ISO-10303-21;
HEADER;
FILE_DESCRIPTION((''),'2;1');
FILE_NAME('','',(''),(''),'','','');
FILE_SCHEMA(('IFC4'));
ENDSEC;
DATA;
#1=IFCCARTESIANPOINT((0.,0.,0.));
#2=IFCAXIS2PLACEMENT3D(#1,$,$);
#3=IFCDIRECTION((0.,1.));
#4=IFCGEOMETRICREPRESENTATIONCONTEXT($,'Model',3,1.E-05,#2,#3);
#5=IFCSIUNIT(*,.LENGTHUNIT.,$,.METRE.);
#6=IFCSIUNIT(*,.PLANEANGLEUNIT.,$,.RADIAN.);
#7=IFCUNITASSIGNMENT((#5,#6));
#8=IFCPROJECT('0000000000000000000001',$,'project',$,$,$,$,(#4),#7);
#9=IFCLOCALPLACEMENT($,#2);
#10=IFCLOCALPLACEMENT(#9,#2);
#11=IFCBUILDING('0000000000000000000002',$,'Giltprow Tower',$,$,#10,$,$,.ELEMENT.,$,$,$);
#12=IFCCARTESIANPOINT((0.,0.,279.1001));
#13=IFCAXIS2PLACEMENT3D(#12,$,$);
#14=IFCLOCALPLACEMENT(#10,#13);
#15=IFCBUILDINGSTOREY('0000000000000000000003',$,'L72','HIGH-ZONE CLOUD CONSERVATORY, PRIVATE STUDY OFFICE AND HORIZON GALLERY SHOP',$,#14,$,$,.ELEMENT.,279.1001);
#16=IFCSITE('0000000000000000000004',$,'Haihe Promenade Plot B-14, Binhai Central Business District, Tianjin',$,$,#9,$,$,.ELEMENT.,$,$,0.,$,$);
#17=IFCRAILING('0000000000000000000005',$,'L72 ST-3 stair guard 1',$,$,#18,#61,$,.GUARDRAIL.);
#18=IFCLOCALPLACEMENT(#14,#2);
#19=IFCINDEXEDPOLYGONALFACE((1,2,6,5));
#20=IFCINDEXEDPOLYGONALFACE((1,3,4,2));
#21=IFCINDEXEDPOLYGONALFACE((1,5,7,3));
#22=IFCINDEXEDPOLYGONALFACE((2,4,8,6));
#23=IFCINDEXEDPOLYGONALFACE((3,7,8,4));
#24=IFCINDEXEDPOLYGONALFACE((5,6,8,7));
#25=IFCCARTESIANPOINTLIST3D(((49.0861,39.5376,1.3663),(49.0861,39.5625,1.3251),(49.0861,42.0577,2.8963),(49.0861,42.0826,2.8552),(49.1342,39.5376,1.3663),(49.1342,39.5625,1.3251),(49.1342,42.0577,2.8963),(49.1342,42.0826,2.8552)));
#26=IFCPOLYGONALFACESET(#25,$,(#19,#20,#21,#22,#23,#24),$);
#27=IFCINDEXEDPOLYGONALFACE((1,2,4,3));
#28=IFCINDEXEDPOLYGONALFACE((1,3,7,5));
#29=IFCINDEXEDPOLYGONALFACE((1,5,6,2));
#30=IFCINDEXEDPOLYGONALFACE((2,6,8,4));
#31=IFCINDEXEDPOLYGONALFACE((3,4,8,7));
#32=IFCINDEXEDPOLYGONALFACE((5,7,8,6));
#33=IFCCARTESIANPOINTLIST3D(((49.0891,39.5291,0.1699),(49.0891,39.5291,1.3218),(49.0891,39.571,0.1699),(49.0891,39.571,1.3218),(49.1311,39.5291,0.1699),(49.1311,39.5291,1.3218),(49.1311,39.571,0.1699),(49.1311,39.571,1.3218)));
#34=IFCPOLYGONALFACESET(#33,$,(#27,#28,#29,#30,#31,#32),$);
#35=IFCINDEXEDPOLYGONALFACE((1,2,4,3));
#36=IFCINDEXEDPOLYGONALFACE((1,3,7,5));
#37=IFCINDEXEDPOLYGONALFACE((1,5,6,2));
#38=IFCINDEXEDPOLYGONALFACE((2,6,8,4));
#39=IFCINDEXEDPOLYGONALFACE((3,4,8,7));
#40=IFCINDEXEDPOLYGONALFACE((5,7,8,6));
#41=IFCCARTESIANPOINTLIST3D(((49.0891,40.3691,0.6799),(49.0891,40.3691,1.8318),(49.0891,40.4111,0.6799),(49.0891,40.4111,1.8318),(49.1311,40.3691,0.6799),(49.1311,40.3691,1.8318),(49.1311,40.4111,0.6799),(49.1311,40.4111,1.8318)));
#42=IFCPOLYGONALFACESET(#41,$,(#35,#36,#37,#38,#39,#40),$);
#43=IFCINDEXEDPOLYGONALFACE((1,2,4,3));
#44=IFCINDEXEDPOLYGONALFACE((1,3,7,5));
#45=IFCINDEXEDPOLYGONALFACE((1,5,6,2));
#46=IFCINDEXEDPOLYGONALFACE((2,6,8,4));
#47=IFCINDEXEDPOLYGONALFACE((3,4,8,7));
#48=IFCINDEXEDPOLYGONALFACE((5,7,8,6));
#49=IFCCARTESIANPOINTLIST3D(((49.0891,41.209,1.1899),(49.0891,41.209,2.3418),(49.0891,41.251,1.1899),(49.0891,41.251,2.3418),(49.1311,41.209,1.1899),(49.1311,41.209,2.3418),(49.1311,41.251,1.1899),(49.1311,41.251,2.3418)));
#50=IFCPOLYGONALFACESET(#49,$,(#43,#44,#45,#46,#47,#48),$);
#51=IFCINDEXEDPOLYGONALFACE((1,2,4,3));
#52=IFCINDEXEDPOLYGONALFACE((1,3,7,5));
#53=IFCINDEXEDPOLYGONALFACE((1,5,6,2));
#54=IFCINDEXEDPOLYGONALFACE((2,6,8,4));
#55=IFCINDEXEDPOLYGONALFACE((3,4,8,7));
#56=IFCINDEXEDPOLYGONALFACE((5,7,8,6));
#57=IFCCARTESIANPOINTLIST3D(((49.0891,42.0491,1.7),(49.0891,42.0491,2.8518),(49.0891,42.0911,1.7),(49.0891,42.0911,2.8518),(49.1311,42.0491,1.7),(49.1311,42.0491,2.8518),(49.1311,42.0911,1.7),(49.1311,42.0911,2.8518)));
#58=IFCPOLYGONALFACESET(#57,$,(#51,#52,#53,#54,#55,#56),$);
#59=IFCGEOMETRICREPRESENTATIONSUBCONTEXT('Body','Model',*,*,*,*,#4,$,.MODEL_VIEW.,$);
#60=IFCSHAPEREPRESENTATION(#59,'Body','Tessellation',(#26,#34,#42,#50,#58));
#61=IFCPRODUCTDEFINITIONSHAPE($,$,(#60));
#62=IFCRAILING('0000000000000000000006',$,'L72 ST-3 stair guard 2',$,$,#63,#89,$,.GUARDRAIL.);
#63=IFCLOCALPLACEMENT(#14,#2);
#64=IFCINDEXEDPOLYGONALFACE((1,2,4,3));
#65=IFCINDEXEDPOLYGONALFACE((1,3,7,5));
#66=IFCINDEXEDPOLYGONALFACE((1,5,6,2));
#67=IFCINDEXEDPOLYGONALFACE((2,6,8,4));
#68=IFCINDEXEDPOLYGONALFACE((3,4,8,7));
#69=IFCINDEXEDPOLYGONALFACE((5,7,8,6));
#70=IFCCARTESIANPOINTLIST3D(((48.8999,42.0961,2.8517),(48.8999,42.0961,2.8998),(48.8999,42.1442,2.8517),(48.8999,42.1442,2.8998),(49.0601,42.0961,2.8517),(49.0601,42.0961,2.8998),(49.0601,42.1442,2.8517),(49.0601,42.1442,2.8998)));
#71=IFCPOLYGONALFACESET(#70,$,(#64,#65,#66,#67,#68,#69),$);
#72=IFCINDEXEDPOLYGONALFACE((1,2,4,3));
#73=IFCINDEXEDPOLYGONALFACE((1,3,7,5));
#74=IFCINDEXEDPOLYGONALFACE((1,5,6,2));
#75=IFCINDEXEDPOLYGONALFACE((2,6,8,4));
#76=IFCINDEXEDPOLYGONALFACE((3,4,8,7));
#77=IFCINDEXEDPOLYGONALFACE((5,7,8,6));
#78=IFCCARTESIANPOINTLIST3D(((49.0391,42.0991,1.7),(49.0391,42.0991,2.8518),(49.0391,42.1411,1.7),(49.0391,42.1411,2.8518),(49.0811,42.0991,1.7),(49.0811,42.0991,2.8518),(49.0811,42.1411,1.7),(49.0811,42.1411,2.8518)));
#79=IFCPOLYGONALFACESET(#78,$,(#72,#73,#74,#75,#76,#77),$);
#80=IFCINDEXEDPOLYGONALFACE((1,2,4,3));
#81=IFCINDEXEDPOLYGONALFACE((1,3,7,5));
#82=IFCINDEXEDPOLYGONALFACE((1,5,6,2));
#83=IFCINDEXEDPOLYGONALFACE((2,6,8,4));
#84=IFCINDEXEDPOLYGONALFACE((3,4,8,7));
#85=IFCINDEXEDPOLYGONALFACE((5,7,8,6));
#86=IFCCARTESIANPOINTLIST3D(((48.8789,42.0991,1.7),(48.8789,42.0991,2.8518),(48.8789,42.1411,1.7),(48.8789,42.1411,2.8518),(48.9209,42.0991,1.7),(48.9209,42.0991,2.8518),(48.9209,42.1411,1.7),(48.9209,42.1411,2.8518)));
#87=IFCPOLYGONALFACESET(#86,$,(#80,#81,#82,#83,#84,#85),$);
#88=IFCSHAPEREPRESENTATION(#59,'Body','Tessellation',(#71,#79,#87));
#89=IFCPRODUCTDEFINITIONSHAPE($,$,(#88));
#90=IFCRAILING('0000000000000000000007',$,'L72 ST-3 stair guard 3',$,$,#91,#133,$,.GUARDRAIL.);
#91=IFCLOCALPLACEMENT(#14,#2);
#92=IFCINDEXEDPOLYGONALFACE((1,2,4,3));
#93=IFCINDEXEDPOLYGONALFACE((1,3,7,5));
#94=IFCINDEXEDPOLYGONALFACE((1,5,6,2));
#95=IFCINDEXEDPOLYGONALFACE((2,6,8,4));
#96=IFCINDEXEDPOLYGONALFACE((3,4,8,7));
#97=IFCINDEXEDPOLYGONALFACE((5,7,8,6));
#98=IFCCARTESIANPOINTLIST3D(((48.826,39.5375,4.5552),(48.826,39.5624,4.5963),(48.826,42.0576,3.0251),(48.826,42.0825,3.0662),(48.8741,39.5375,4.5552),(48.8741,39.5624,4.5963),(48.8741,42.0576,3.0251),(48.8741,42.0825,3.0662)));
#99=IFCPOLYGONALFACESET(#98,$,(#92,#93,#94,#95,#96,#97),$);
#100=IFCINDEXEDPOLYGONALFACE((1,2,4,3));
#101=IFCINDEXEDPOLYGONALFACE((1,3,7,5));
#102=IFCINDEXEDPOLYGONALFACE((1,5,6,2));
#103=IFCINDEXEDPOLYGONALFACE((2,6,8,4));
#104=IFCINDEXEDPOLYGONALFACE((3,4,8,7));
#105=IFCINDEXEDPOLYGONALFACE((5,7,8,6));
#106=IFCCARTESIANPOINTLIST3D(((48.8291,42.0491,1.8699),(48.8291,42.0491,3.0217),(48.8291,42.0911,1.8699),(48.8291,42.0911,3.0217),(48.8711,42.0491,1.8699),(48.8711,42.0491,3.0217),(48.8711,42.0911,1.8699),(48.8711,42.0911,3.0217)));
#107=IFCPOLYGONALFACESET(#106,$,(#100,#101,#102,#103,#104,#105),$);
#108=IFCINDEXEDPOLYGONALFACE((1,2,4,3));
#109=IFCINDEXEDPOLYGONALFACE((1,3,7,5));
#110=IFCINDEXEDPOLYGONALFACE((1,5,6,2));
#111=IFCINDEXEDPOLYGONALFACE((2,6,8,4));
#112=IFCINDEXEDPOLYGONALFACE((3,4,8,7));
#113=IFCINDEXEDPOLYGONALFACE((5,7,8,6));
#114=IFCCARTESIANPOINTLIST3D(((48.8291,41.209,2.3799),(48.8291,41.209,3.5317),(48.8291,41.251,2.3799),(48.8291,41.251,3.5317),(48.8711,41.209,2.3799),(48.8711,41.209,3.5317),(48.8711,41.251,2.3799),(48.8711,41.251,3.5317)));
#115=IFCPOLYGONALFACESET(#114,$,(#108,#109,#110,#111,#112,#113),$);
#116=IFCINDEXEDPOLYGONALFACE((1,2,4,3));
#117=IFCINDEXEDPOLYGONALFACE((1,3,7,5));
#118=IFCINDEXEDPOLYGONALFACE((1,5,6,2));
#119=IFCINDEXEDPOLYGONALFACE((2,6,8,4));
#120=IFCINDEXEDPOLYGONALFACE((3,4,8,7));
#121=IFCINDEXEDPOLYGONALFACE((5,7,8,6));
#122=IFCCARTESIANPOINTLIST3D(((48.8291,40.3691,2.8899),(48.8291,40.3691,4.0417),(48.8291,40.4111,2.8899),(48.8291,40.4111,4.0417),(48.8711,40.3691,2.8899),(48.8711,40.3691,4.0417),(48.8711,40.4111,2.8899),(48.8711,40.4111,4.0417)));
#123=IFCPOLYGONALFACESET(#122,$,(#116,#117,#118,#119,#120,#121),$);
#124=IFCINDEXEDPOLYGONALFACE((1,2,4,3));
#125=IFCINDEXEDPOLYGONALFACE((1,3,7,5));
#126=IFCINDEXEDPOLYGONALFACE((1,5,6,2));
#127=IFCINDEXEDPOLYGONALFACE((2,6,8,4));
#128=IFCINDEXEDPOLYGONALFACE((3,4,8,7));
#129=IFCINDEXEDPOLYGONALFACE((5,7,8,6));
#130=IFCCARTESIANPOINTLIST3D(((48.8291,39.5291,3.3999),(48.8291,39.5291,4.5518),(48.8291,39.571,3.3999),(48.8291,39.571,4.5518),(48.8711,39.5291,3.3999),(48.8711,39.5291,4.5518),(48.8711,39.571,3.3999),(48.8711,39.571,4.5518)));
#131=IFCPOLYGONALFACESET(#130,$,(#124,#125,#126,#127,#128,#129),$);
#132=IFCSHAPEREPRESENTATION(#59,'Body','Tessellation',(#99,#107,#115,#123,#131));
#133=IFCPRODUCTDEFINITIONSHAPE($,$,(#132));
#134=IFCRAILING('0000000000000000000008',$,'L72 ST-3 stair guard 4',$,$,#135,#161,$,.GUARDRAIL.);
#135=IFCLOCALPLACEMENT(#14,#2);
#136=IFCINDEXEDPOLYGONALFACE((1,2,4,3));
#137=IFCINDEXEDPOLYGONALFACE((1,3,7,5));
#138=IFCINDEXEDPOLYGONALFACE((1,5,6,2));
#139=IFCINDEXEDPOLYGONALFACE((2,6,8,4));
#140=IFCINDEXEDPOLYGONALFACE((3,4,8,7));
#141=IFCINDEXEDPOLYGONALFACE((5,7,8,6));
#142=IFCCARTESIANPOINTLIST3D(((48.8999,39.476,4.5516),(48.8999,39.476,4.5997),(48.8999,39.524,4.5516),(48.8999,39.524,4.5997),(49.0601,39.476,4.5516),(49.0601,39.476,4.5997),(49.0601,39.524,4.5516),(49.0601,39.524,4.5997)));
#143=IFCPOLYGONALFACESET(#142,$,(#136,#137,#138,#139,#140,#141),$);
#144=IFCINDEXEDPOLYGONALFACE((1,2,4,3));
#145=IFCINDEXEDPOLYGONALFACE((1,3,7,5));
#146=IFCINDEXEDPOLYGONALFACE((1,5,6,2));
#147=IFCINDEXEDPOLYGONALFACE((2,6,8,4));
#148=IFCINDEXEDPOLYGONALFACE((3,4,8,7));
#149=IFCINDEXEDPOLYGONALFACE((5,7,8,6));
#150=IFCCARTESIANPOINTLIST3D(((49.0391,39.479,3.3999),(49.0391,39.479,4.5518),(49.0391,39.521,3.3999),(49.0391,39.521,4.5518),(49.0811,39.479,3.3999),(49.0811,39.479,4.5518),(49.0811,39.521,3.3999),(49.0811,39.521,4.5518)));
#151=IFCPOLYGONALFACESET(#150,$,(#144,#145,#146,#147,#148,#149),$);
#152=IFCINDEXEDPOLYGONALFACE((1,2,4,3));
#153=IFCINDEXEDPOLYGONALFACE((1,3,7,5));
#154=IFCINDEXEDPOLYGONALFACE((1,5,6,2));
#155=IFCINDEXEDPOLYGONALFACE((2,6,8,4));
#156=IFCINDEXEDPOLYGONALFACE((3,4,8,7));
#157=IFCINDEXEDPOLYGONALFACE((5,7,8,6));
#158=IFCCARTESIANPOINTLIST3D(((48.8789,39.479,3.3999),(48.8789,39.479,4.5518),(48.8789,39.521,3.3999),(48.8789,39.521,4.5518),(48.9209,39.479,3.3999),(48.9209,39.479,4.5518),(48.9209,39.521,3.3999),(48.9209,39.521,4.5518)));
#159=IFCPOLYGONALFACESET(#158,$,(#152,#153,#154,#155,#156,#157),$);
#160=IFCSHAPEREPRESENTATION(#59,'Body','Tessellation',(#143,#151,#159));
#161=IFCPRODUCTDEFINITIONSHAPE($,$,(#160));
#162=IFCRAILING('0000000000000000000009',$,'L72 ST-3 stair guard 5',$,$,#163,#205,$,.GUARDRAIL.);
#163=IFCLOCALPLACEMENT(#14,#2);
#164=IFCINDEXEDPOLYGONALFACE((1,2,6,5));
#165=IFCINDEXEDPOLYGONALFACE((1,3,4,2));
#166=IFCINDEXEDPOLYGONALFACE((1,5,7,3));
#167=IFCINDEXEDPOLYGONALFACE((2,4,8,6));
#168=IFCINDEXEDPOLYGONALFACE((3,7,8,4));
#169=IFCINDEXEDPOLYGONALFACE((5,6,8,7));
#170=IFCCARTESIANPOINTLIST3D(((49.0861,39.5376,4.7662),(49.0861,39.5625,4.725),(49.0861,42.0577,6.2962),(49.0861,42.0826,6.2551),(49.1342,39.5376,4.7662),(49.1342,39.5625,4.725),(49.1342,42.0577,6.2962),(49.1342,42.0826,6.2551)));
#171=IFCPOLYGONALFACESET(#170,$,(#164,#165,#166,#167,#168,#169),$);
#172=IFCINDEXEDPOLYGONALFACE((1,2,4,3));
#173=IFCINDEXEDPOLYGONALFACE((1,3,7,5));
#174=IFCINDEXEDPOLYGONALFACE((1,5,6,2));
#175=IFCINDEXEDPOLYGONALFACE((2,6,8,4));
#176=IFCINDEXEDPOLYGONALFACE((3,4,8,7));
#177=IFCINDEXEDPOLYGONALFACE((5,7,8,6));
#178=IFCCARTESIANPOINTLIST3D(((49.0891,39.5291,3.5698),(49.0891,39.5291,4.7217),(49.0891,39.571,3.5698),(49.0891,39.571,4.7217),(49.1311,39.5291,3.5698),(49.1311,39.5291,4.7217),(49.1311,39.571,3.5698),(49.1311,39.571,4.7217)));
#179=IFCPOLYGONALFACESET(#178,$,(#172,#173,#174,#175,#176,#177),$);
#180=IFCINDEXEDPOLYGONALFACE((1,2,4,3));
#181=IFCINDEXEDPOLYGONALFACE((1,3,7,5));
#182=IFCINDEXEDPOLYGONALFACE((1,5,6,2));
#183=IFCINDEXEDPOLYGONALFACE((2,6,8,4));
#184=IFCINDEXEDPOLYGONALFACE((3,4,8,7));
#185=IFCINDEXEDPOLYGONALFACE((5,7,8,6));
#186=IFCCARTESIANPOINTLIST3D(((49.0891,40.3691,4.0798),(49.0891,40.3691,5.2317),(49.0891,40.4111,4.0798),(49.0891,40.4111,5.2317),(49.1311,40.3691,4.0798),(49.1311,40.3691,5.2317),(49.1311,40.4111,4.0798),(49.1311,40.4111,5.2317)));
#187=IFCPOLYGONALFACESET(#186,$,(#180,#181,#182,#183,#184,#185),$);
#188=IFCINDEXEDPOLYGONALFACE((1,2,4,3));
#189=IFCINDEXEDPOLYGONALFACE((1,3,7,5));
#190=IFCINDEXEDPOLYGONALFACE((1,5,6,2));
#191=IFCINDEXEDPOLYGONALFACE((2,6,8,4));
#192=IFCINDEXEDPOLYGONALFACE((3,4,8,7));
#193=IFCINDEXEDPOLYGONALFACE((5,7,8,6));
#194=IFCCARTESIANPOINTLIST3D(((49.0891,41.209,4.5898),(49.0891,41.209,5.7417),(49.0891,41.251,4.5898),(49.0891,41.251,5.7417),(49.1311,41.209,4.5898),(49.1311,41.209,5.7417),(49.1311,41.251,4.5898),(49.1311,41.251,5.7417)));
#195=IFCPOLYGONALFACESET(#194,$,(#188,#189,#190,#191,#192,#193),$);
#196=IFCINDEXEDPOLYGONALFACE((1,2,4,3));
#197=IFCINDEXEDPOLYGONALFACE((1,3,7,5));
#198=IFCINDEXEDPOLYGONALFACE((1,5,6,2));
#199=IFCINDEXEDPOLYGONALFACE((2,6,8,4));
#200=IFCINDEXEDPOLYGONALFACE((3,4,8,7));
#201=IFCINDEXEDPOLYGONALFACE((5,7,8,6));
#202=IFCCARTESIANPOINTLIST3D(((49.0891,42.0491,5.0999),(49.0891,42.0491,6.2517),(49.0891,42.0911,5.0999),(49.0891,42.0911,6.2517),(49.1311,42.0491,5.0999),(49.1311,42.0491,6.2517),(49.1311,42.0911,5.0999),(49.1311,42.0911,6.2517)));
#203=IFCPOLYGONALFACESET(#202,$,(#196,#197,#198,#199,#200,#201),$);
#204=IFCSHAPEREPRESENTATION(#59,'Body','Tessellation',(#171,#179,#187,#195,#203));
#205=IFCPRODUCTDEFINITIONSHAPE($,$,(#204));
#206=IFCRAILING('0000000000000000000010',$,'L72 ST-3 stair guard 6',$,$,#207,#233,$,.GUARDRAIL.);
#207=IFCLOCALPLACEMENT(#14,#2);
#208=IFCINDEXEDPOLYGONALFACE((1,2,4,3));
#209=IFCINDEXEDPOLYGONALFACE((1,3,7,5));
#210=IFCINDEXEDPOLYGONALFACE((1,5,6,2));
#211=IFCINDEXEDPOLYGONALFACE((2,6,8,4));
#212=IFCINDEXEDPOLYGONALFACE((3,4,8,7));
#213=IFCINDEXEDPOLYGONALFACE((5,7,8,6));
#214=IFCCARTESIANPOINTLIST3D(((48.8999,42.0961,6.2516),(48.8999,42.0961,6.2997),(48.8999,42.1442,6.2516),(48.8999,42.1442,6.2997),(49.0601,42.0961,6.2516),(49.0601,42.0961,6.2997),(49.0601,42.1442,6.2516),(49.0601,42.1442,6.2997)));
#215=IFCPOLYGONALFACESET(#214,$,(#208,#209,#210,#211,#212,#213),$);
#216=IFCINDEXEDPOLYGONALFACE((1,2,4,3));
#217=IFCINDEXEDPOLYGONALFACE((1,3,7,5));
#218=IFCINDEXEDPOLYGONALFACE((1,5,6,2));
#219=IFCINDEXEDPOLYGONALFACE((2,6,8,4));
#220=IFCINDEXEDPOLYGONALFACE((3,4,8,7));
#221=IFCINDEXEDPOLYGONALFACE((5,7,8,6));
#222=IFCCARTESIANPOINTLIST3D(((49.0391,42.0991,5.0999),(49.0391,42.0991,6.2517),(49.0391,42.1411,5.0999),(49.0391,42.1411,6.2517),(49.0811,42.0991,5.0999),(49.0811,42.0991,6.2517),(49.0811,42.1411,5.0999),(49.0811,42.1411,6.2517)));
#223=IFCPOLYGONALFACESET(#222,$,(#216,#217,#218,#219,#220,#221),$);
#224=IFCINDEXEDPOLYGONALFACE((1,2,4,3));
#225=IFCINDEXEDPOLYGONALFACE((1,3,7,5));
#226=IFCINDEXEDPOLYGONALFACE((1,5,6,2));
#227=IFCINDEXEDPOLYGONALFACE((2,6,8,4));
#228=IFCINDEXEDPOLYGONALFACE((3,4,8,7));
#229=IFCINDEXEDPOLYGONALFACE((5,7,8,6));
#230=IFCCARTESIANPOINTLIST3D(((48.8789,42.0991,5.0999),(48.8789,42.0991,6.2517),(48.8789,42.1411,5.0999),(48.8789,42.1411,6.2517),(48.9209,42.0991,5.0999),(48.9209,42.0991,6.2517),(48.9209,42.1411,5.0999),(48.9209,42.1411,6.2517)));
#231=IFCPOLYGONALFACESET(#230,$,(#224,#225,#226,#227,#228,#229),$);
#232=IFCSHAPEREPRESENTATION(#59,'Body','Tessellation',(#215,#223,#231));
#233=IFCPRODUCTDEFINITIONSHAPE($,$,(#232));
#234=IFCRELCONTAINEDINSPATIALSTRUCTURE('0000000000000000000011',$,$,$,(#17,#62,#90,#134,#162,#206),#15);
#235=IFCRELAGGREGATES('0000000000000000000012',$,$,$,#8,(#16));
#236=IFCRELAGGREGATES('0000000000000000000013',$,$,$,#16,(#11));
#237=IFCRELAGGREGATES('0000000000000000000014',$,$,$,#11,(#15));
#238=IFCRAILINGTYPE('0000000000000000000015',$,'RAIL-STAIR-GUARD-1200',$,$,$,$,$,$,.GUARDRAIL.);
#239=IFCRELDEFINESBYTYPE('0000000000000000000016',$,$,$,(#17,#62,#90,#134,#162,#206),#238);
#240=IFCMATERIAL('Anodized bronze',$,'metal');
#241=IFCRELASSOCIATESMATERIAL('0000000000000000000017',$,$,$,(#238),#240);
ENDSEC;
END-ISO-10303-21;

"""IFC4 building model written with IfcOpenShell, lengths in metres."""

from ifc_helpers import new_model, si_unit, direction, frame, origin, origin_2d, place, context, subcontext, project, spatial, rectangle, extrude, material, type_object, element, save


model = new_model("IFC4")

# Units and contexts
model_context = context("Model", 3, precision=1e-05, world=origin(), true_north=direction((0.0, 1.0)))
body_context = subcontext(model_context, "Body", "Model", "MODEL_VIEW")
ifc_project = project(units=[si_unit("LENGTHUNIT", "METRE"), si_unit("PLANEANGLEUNIT", "RADIAN")], contexts=[model_context])

# Site, building, storey
site_placement = place(None, origin())
site = spatial("IfcSite", under=ifc_project, at=site_placement, Name="Haihe Promenade Plot B-14, Binhai Central Business District, Tianjin", CompositionType="ELEMENT", RefElevation=0.0)
building_placement = place(site_placement, origin())
building = spatial("IfcBuilding", under=site, at=building_placement, Name="Giltprow Tower", CompositionType="ELEMENT")
storey_placement = place(building_placement, frame((0.0, 0.0, 279.1001)))
storey = spatial("IfcBuildingStorey", under=building, at=storey_placement, Name="L72", Description="HIGH-ZONE CLOUD CONSERVATORY, PRIVATE STUDY OFFICE AND HORIZON GALLERY SHOP", CompositionType="ELEMENT", Elevation=279.1001)

# Railings
ifc_material_1 = material(Name="Anodized bronze", Category="metal")
railing_type_1 = type_object("IfcRailingType", Name="RAIL-STAIR-GUARD-1200", PredefinedType="GUARDRAIL", material=ifc_material_1)
railing_1_placement = place(storey_placement, frame((49.1101, 39.55, 0.1699)))
element("IfcRailing", 1, at=railing_1_placement, inside=storey, type_object=railing_type_1, Name="L72 ST-3 stair guard 1", PredefinedType="GUARDRAIL", context=body_context, shape_type="SweptSolid", body=[
    extrude(rectangle(XDim=0.0481, YDim=0.0481, at=origin_2d()), frame((0.0, 0.0, 1.1758), z_axis=(0.0, 0.854785, 0.518982), x_axis=(-1.0, 0.0, 0.0)), (0.0, 0.0, 1.0), 2.9482),
    extrude(rectangle(XDim=0.042, YDim=0.042, at=origin_2d()), origin(), (0.0, 0.0, 1.0), 1.1519),
    extrude(rectangle(XDim=0.042, YDim=0.042, at=origin_2d()), frame((0.0, 0.8401, 0.51)), (0.0, 0.0, 1.0), 1.1519),
    extrude(rectangle(XDim=0.042, YDim=0.042, at=origin_2d()), frame((0.0, 1.6799, 1.02)), (0.0, 0.0, 1.0), 1.1519),
    extrude(rectangle(XDim=0.042, YDim=0.042, at=origin_2d()), frame((0.0, 2.52, 1.53)), (0.0, 0.0, 1.0), 1.1519),
])
railing_2_placement = place(storey_placement, frame((49.0601, 42.1201, 1.7)))
element("IfcRailing", 2, at=railing_2_placement, inside=storey, type_object=railing_type_1, Name="L72 ST-3 stair guard 2", PredefinedType="GUARDRAIL", context=body_context, shape_type="SweptSolid", body=[
    extrude(rectangle(XDim=0.0481, YDim=0.0481, at=origin_2d()), frame((0.0, 0.0, 1.1758), z_axis=(-1.0, 0.0, 0.0), x_axis=(0.0, -1.0, 0.0)), (0.0, 0.0, 1.0), 0.1602),
    extrude(rectangle(XDim=0.042, YDim=0.042, at=origin_2d()), origin(), (0.0, 0.0, 1.0), 1.1519),
    extrude(rectangle(XDim=0.042, YDim=0.042, at=origin_2d()), frame((-0.1602, 0.0, 0.0)), (0.0, 0.0, 1.0), 1.1519),
])
railing_3_placement = place(storey_placement, frame((48.8501, 42.0701, 1.8699)))
element("IfcRailing", 3, at=railing_3_placement, inside=storey, type_object=railing_type_1, Name="L72 ST-3 stair guard 3", PredefinedType="GUARDRAIL", context=body_context, shape_type="SweptSolid", body=[
    extrude(rectangle(XDim=0.0481, YDim=0.0481, at=origin_2d()), frame((0.0, 0.0, 1.1758), z_axis=(0.0, -0.854785, 0.518982), x_axis=(1.0, 0.0, 0.0)), (0.0, 0.0, 1.0), 2.9482),
    extrude(rectangle(XDim=0.042, YDim=0.042, at=origin_2d()), origin(), (0.0, 0.0, 1.0), 1.1519),
    extrude(rectangle(XDim=0.042, YDim=0.042, at=origin_2d()), frame((0.0, -0.8401, 0.51)), (0.0, 0.0, 1.0), 1.1519),
    extrude(rectangle(XDim=0.042, YDim=0.042, at=origin_2d()), frame((0.0, -1.6799, 1.02)), (0.0, 0.0, 1.0), 1.1519),
    extrude(rectangle(XDim=0.042, YDim=0.042, at=origin_2d()), frame((0.0, -2.52, 1.53)), (0.0, 0.0, 1.0), 1.1519),
])
railing_4_placement = place(storey_placement, frame((49.0601, 39.5, 3.3999)))
element("IfcRailing", 4, at=railing_4_placement, inside=storey, type_object=railing_type_1, Name="L72 ST-3 stair guard 4", PredefinedType="GUARDRAIL", context=body_context, shape_type="SweptSolid", body=[
    extrude(rectangle(XDim=0.0481, YDim=0.0481, at=origin_2d()), frame((0.0, 0.0, 1.1758), z_axis=(-1.0, 0.0, 0.0), x_axis=(0.0, -1.0, 0.0)), (0.0, 0.0, 1.0), 0.1602),
    extrude(rectangle(XDim=0.042, YDim=0.042, at=origin_2d()), origin(), (0.0, 0.0, 1.0), 1.1519),
    extrude(rectangle(XDim=0.042, YDim=0.042, at=origin_2d()), frame((-0.1602, 0.0, 0.0)), (0.0, 0.0, 1.0), 1.1519),
])
railing_5_placement = place(storey_placement, frame((49.1101, 39.55, 3.5698)))
element("IfcRailing", 5, at=railing_5_placement, inside=storey, type_object=railing_type_1, Name="L72 ST-3 stair guard 5", PredefinedType="GUARDRAIL", context=body_context, shape_type="SweptSolid", body=[
    extrude(rectangle(XDim=0.0481, YDim=0.0481, at=origin_2d()), frame((0.0, 0.0, 1.1758), z_axis=(0.0, 0.854785, 0.518982), x_axis=(-1.0, 0.0, 0.0)), (0.0, 0.0, 1.0), 2.9482),
    extrude(rectangle(XDim=0.042, YDim=0.042, at=origin_2d()), origin(), (0.0, 0.0, 1.0), 1.1519),
    extrude(rectangle(XDim=0.042, YDim=0.042, at=origin_2d()), frame((0.0, 0.8401, 0.51)), (0.0, 0.0, 1.0), 1.1519),
    extrude(rectangle(XDim=0.042, YDim=0.042, at=origin_2d()), frame((0.0, 1.6799, 1.02)), (0.0, 0.0, 1.0), 1.1519),
    extrude(rectangle(XDim=0.042, YDim=0.042, at=origin_2d()), frame((0.0, 2.52, 1.53)), (0.0, 0.0, 1.0), 1.1519),
])
railing_6_placement = place(storey_placement, frame((49.0601, 42.1201, 5.0999)))
element("IfcRailing", 6, at=railing_6_placement, inside=storey, type_object=railing_type_1, Name="L72 ST-3 stair guard 6", PredefinedType="GUARDRAIL", context=body_context, shape_type="SweptSolid", body=[
    extrude(rectangle(XDim=0.0481, YDim=0.0481, at=origin_2d()), frame((0.0, 0.0, 1.1758), z_axis=(-1.0, 0.0, 0.0), x_axis=(0.0, -1.0, 0.0)), (0.0, 0.0, 1.0), 0.1602),
    extrude(rectangle(XDim=0.042, YDim=0.042, at=origin_2d()), origin(), (0.0, 0.0, 1.0), 1.1519),
    extrude(rectangle(XDim=0.042, YDim=0.042, at=origin_2d()), frame((-0.1602, 0.0, 0.0)), (0.0, 0.0, 1.0), 1.1519),
])

save(model, "model.ifc")
